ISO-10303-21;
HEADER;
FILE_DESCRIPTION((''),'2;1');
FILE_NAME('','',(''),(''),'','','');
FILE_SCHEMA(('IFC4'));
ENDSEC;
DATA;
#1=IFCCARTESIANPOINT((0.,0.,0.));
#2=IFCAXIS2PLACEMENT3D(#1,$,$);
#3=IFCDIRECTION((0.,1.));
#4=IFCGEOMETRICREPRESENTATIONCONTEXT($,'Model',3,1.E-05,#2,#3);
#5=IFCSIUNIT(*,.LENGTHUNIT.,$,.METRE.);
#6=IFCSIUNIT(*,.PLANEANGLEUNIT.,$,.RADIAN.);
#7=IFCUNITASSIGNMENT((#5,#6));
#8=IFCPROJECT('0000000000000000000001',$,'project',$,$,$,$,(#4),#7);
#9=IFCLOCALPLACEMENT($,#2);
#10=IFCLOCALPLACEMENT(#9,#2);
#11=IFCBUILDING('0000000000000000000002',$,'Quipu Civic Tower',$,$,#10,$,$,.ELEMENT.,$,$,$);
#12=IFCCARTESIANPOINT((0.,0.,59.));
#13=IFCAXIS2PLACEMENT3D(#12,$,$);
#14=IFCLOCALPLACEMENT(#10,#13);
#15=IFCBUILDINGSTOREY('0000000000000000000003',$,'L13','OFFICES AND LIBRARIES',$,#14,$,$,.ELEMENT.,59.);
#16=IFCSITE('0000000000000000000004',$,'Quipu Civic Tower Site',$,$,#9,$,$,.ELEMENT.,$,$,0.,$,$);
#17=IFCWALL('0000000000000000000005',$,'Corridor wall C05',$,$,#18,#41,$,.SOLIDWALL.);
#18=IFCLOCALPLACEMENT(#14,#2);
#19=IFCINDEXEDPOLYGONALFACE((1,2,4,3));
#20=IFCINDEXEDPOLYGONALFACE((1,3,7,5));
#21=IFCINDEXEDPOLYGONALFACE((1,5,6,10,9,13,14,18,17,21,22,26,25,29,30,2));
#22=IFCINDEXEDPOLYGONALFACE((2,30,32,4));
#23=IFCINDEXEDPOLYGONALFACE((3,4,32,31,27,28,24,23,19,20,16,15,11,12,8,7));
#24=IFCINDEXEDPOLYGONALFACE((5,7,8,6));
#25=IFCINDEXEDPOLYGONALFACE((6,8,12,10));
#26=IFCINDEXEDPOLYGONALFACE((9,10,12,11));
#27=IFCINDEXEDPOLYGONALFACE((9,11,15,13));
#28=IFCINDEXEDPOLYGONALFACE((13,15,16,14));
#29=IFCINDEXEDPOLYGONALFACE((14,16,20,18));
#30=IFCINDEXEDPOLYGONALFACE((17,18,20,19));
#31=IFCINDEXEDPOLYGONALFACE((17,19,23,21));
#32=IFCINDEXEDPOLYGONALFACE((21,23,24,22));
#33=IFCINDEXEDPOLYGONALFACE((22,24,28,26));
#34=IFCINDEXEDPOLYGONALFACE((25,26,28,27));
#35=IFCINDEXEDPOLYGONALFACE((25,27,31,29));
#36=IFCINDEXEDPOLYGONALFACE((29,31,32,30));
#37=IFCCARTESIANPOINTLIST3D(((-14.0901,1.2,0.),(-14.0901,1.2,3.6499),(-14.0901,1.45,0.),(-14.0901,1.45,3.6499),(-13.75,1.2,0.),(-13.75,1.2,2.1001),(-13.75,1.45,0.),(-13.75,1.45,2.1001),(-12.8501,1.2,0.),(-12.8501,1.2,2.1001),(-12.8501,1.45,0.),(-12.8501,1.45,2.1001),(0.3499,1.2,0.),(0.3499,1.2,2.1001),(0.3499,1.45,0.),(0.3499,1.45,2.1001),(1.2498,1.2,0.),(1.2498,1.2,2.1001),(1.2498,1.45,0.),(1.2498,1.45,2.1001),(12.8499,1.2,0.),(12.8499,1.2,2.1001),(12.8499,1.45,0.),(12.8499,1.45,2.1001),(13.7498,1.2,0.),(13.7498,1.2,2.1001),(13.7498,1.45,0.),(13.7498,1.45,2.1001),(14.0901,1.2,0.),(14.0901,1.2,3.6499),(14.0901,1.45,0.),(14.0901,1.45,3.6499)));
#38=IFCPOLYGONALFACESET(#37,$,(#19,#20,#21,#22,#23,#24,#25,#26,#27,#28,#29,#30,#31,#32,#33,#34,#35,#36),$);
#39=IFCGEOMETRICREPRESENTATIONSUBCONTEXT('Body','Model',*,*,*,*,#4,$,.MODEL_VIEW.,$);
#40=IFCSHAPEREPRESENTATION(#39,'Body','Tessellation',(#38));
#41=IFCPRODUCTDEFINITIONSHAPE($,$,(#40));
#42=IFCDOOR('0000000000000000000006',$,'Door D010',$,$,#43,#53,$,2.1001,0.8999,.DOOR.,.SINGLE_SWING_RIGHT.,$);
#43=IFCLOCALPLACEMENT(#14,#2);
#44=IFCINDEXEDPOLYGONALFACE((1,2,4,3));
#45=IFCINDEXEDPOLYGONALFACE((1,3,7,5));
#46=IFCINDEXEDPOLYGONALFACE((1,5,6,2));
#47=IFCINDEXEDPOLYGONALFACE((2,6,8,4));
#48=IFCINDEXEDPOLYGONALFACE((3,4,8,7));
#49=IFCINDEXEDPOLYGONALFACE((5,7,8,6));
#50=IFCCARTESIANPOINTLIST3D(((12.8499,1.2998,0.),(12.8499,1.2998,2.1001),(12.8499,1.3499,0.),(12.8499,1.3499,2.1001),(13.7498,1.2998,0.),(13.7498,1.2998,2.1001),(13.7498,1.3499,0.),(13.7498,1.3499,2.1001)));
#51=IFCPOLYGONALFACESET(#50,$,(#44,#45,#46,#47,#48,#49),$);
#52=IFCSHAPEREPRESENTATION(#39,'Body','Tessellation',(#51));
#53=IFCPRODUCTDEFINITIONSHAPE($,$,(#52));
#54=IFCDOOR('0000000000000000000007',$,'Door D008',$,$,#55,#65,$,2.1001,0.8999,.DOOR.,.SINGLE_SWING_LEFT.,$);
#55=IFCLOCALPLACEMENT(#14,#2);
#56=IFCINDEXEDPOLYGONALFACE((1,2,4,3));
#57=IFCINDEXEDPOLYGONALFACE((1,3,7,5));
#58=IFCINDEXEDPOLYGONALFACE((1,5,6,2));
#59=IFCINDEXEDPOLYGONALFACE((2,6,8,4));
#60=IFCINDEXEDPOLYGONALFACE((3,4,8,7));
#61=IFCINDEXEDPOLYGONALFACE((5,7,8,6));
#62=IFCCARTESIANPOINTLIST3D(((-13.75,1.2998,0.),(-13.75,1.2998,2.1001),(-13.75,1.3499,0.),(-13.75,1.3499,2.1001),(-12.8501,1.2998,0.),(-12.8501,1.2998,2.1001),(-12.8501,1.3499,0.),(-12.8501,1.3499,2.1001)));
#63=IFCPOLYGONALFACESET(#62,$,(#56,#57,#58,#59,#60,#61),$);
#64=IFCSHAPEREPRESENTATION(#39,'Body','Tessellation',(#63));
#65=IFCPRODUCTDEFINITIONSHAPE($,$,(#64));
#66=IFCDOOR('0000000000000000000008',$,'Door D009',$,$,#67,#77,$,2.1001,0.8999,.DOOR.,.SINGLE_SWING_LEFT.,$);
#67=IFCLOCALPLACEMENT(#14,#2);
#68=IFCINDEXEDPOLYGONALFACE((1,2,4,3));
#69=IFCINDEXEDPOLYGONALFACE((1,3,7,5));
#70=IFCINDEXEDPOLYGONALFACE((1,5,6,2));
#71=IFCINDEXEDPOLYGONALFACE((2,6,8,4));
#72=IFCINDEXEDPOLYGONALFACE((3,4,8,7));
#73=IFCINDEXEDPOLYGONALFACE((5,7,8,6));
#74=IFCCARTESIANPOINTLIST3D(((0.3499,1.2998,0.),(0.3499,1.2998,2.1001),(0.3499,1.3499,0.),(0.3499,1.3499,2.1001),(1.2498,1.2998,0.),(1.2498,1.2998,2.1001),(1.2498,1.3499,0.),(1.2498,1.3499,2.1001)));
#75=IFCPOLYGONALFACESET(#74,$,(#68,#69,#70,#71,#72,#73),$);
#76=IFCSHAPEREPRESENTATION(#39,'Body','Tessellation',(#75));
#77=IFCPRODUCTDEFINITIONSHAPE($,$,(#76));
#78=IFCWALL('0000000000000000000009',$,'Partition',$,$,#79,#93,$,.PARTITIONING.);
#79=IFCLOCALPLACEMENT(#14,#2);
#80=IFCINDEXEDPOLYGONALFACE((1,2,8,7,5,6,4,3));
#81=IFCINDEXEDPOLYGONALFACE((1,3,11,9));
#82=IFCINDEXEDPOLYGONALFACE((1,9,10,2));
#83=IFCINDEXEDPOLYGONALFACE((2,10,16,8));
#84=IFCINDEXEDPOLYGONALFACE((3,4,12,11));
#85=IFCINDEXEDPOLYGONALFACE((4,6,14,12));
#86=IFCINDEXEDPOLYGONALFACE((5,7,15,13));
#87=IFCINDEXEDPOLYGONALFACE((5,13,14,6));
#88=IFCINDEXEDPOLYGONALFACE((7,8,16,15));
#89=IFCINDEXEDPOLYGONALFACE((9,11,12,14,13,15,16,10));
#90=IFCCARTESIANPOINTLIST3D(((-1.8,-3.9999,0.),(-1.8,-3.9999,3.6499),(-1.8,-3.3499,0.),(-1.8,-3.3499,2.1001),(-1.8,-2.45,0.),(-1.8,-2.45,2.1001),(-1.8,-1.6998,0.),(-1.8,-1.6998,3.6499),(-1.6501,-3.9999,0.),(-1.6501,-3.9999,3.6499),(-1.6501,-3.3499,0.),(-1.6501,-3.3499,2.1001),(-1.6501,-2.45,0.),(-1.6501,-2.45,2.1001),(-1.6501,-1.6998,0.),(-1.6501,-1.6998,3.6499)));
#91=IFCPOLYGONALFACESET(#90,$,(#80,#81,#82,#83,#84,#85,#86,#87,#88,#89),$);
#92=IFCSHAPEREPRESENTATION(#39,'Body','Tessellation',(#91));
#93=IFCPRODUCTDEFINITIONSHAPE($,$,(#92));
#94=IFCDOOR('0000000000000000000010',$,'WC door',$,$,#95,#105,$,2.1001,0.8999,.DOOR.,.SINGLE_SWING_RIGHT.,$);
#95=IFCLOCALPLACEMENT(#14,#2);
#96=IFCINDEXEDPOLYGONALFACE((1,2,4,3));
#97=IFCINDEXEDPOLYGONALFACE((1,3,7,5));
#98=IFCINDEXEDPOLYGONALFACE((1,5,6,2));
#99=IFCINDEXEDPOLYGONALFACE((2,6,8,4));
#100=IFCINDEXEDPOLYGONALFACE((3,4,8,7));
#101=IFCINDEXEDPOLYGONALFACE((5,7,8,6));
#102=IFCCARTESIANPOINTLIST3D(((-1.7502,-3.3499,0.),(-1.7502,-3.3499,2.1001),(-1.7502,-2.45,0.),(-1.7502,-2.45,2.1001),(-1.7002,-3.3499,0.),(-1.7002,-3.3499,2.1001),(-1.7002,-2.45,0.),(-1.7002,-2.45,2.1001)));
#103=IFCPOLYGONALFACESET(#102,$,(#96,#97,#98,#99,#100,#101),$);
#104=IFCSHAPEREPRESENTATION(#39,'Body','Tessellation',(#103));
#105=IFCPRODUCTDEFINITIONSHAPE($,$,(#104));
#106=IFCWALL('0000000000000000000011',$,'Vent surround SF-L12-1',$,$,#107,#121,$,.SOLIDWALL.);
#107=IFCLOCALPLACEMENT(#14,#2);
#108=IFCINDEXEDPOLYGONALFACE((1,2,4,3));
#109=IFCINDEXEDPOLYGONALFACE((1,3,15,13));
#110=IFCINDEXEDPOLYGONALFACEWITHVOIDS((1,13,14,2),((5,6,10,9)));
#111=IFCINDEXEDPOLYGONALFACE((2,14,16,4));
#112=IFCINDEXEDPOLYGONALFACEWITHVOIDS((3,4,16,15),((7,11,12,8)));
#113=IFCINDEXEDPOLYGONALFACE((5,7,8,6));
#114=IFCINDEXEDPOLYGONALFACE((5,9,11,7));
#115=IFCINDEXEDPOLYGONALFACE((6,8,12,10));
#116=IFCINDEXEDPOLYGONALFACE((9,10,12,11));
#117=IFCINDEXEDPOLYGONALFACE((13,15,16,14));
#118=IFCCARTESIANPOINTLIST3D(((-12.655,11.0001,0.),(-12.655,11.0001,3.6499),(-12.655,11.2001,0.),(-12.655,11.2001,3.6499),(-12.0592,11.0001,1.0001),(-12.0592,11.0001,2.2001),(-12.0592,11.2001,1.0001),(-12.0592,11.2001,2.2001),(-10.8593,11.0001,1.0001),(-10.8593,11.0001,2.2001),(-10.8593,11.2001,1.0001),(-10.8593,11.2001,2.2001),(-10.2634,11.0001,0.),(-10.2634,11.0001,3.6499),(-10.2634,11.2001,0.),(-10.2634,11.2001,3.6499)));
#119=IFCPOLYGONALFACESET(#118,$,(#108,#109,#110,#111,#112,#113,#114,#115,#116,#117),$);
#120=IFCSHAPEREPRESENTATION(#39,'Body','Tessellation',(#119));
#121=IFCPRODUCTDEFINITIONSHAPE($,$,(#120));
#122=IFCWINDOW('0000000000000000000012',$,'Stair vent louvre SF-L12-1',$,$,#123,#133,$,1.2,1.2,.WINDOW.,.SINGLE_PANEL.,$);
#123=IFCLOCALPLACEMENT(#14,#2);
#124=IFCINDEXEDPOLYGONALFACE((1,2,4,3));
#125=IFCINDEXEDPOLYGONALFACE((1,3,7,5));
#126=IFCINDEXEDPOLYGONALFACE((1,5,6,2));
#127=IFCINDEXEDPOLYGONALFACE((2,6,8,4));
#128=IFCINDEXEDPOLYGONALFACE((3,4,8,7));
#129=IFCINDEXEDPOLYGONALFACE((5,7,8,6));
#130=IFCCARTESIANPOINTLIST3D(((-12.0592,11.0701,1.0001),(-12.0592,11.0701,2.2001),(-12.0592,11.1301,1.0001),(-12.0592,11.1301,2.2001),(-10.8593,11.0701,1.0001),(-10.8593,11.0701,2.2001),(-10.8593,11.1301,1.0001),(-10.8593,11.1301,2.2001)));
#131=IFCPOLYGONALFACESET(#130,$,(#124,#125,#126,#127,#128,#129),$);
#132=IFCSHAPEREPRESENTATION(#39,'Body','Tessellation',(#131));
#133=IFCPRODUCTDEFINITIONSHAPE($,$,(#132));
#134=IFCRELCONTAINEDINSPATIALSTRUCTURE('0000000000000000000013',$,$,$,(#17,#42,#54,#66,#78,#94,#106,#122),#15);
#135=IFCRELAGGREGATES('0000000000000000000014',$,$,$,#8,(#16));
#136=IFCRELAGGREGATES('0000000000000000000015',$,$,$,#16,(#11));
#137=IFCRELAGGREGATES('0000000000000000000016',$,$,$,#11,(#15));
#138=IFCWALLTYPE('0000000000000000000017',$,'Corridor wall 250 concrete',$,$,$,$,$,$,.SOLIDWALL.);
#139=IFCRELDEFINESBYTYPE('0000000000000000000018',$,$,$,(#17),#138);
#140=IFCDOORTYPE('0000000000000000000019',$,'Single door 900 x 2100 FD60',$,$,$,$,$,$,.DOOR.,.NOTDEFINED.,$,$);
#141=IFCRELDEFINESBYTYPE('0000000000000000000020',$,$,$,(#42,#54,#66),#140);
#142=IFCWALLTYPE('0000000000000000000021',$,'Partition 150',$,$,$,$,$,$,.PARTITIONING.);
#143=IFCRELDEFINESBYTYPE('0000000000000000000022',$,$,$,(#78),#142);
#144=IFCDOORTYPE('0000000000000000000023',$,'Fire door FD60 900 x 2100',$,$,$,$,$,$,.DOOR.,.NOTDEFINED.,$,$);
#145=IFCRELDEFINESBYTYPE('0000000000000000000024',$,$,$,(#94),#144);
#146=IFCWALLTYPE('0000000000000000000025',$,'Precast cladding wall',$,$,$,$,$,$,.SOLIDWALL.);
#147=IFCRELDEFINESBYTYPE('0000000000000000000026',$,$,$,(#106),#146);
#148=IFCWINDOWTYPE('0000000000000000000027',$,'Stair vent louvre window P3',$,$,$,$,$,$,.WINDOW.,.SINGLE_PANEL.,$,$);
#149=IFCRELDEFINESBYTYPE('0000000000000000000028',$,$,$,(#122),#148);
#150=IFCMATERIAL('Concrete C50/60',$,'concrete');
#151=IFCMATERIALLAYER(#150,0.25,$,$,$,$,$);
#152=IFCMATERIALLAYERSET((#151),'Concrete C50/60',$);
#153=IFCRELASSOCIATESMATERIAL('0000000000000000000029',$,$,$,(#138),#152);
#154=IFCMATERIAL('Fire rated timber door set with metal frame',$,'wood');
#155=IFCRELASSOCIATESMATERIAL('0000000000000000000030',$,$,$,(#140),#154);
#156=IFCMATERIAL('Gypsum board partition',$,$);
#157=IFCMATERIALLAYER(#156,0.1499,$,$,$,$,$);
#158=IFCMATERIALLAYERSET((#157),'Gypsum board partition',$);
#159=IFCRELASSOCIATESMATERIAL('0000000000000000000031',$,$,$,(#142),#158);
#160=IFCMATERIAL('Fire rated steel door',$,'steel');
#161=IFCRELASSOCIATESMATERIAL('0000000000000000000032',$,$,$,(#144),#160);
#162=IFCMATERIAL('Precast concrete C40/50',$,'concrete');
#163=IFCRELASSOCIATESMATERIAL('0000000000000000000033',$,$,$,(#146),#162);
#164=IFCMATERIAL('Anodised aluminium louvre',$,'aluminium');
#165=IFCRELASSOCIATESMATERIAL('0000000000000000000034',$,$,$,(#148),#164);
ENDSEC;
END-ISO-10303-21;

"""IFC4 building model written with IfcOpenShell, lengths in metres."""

from ifc_helpers import new_model, si_unit, direction, frame, frame_2d, origin, place, context, subcontext, project, spatial, rectangle, extrude, material, layer, layer_set, type_object, element, fill, save


model = new_model("IFC4")

# Units and contexts
model_context = context("Model", 3, precision=1e-05, world=origin(), true_north=direction((0.0, 1.0)))
body_context = subcontext(model_context, "Body", "Model", "MODEL_VIEW")
ifc_project = project(units=[si_unit("LENGTHUNIT", "METRE"), si_unit("PLANEANGLEUNIT", "RADIAN")], contexts=[model_context])

# Site, building, storey
site_placement = place(None, origin())
site = spatial("IfcSite", under=ifc_project, at=site_placement, Name="Quipu Civic Tower Site", CompositionType="ELEMENT", RefElevation=0.0)
building_placement = place(site_placement, origin())
building = spatial("IfcBuilding", under=site, at=building_placement, Name="Quipu Civic Tower", CompositionType="ELEMENT")
storey_placement = place(building_placement, frame((0.0, 0.0, 59.0)))
storey = spatial("IfcBuildingStorey", under=building, at=storey_placement, Name="L13", Description="OFFICES AND LIBRARIES", CompositionType="ELEMENT", Elevation=59.0)

# Wall, openings, doors
ifc_material_1 = material(Name="Concrete C50/60", Category="concrete")
ifc_layer_1 = layer(ifc_material_1, 0.25)
ifc_layer_set_1 = layer_set([ifc_layer_1], Name="Concrete C50/60")
wall_type_1 = type_object("IfcWallType", Name="Corridor wall 250 concrete", PredefinedType="SOLIDWALL", material=ifc_layer_set_1)
wall_1_placement = place(storey_placement, frame((-14.0901, 1.325, 0.0), z_axis=(0.0, 0.0, 1.0), x_axis=(1.0, 0.0, 0.0)))
wall_1 = element("IfcWall", 1, at=wall_1_placement, inside=storey, type_object=wall_type_1, Name="Corridor wall C05", PredefinedType="SOLIDWALL", context=body_context, shape_type="SweptSolid", body=[
    extrude(rectangle(XDim=28.1802, YDim=0.25, at=frame_2d((14.0901, 0.0))), origin(), (0.0, 0.0, 1.0), 3.6499),
])
opening_1_placement = place(wall_1_placement, frame((26.9399, 0.0, 0.0)))
opening_1 = element("IfcOpeningElement", 2, at=opening_1_placement, cuts=wall_1, PredefinedType="OPENING", context=body_context, shape_type="SweptSolid", body=[
    extrude(rectangle(XDim=0.8999, YDim=2.1001, at=frame_2d((0.45, 1.05))), frame((0.0, 0.135, 0.0), z_axis=(0.0, -1.0, 0.0), x_axis=(1.0, 0.0, 0.0)), (0.0, 0.0, 1.0), 0.27),
])
opening_2_placement = place(wall_1_placement, frame((0.3401, 0.0, 0.0)))
opening_2 = element("IfcOpeningElement", 3, at=opening_2_placement, cuts=wall_1, PredefinedType="OPENING", context=body_context, shape_type="SweptSolid", body=[
    extrude(rectangle(XDim=0.8999, YDim=2.1001, at=frame_2d((0.45, 1.05))), frame((0.0, 0.135, 0.0), z_axis=(0.0, -1.0, 0.0), x_axis=(1.0, 0.0, 0.0)), (0.0, 0.0, 1.0), 0.27),
])
opening_3_placement = place(wall_1_placement, frame((14.4399, 0.0, 0.0)))
opening_3 = element("IfcOpeningElement", 4, at=opening_3_placement, cuts=wall_1, PredefinedType="OPENING", context=body_context, shape_type="SweptSolid", body=[
    extrude(rectangle(XDim=0.8999, YDim=2.1001, at=frame_2d((0.45, 1.05))), frame((0.0, 0.135, 0.0), z_axis=(0.0, -1.0, 0.0), x_axis=(1.0, 0.0, 0.0)), (0.0, 0.0, 1.0), 0.27),
])
ifc_material_2 = material(Name="Fire rated timber door set with metal frame", Category="wood")
door_type_1 = type_object("IfcDoorType", Name="Single door 900 x 2100 FD60", OperationType="NOTDEFINED", PredefinedType="DOOR", material=ifc_material_2)
door_1_placement = place(opening_1_placement, origin())
door_1 = element("IfcDoor", 5, at=door_1_placement, inside=storey, type_object=door_type_1, Name="Door D010", OperationType="SINGLE_SWING_RIGHT", OverallHeight=2.1001, OverallWidth=0.8999, PredefinedType="DOOR", context=body_context, shape_type="SweptSolid", body=[
    extrude(rectangle(XDim=0.8999, YDim=2.1001, at=frame_2d((0.45, 1.05))), frame((0.0, 0.0249, 0.0), z_axis=(0.0, -1.0, 0.0), x_axis=(1.0, 0.0, 0.0)), (0.0, 0.0, 1.0), 0.05),
])
fill(opening_1, door_1)
door_2_placement = place(opening_2_placement, origin())
door_2 = element("IfcDoor", 6, at=door_2_placement, inside=storey, type_object=door_type_1, Name="Door D008", OperationType="SINGLE_SWING_LEFT", OverallHeight=2.1001, OverallWidth=0.8999, PredefinedType="DOOR", context=body_context, shape_type="SweptSolid", body=[
    extrude(rectangle(XDim=0.8999, YDim=2.1001, at=frame_2d((0.45, 1.05))), frame((0.0, 0.0249, 0.0), z_axis=(0.0, -1.0, 0.0), x_axis=(1.0, 0.0, 0.0)), (0.0, 0.0, 1.0), 0.05),
])
fill(opening_2, door_2)
door_3_placement = place(opening_3_placement, origin())
door_3 = element("IfcDoor", 7, at=door_3_placement, inside=storey, type_object=door_type_1, Name="Door D009", OperationType="SINGLE_SWING_LEFT", OverallHeight=2.1001, OverallWidth=0.8999, PredefinedType="DOOR", context=body_context, shape_type="SweptSolid", body=[
    extrude(rectangle(XDim=0.8999, YDim=2.1001, at=frame_2d((0.45, 1.05))), frame((0.0, 0.0249, 0.0), z_axis=(0.0, -1.0, 0.0), x_axis=(1.0, 0.0, 0.0)), (0.0, 0.0, 1.0), 0.05),
])
fill(opening_3, door_3)

# Wall, opening, door
ifc_material_3 = material(Name="Gypsum board partition")
ifc_layer_2 = layer(ifc_material_3, 0.1499)
ifc_layer_set_2 = layer_set([ifc_layer_2], Name="Gypsum board partition")
wall_type_2 = type_object("IfcWallType", Name="Partition 150", PredefinedType="PARTITIONING", material=ifc_layer_set_2)
wall_2_placement = place(storey_placement, frame((-1.7251, -1.7, 0.0), z_axis=(0.0, 0.0, 1.0), x_axis=(0.0, -1.0, 0.0)))
wall_2 = element("IfcWall", 8, at=wall_2_placement, inside=storey, type_object=wall_type_2, Name="Partition", PredefinedType="PARTITIONING", context=body_context, shape_type="SweptSolid", body=[
    extrude(rectangle(XDim=2.3, YDim=0.1499, at=frame_2d((1.1499, 0.0))), origin(), (0.0, 0.0, 1.0), 3.6499),
])
opening_4_placement = place(wall_2_placement, frame((0.75, 0.0, 0.0)))
opening_4 = element("IfcOpeningElement", 9, at=opening_4_placement, cuts=wall_2, PredefinedType="OPENING", context=body_context, shape_type="SweptSolid", body=[
    extrude(rectangle(XDim=0.8999, YDim=2.1001, at=frame_2d((0.45, 1.05))), frame((0.0, 0.085, 0.0), z_axis=(0.0, -1.0, 0.0), x_axis=(1.0, 0.0, 0.0)), (0.0, 0.0, 1.0), 0.1699),
])
ifc_material_4 = material(Name="Fire rated steel door", Category="steel")
door_type_2 = type_object("IfcDoorType", Name="Fire door FD60 900 x 2100", OperationType="NOTDEFINED", PredefinedType="DOOR", material=ifc_material_4)
door_4_placement = place(opening_4_placement, origin())
door_4 = element("IfcDoor", 10, at=door_4_placement, inside=storey, type_object=door_type_2, Name="WC door", OperationType="SINGLE_SWING_RIGHT", OverallHeight=2.1001, OverallWidth=0.8999, PredefinedType="DOOR", context=body_context, shape_type="SweptSolid", body=[
    extrude(rectangle(XDim=0.8999, YDim=2.1001, at=frame_2d((0.45, 1.05))), frame((0.0, 0.0249, 0.0), z_axis=(0.0, -1.0, 0.0), x_axis=(1.0, 0.0, 0.0)), (0.0, 0.0, 1.0), 0.05),
])
fill(opening_4, door_4)

# Wall, opening, window
ifc_material_5 = material(Name="Precast concrete C40/50", Category="concrete")
wall_type_3 = type_object("IfcWallType", Name="Precast cladding wall", PredefinedType="SOLIDWALL", material=ifc_material_5)
wall_3_placement = place(storey_placement, frame((-10.2634, 11.1001, 0.0), z_axis=(0.0, 0.0, 1.0), x_axis=(-1.0, 0.0, 0.0)))
wall_3 = element("IfcWall", 11, at=wall_3_placement, inside=storey, type_object=wall_type_3, Name="Vent surround SF-L12-1", PredefinedType="SOLIDWALL", context=body_context, shape_type="SweptSolid", body=[
    extrude(rectangle(XDim=2.3916, YDim=0.2, at=frame_2d((1.1958, 0.0))), origin(), (0.0, 0.0, 1.0), 3.6499),
])
opening_5_placement = place(wall_3_placement, frame((0.5957, 0.0, 1.0)))
opening_5 = element("IfcOpeningElement", 12, at=opening_5_placement, cuts=wall_3, PredefinedType="OPENING", context=body_context, shape_type="SweptSolid", body=[
    extrude(rectangle(XDim=1.2, YDim=1.2, at=frame_2d((0.6001, 0.6001))), frame((0.0, 0.1099, 0.0), z_axis=(0.0, -1.0, 0.0), x_axis=(1.0, 0.0, 0.0)), (0.0, 0.0, 1.0), 0.22),
])
ifc_material_6 = material(Name="Anodised aluminium louvre", Category="aluminium")
window_type = type_object("IfcWindowType", Name="Stair vent louvre window P3", PartitioningType="SINGLE_PANEL", PredefinedType="WINDOW", material=ifc_material_6)
window_placement = place(opening_5_placement, origin())
window = element("IfcWindow", 13, at=window_placement, inside=storey, type_object=window_type, Name="Stair vent louvre SF-L12-1", OverallHeight=1.2, OverallWidth=1.2, PartitioningType="SINGLE_PANEL", PredefinedType="WINDOW", context=body_context, shape_type="SweptSolid", body=[
    extrude(rectangle(XDim=1.2, YDim=1.2, at=frame_2d((0.6001, 0.6001))), frame((0.0, 0.03, 0.0), z_axis=(0.0, -1.0, 0.0), x_axis=(1.0, 0.0, 0.0)), (0.0, 0.0, 1.0), 0.0601),
])
fill(opening_5, window)

save(model, "model.ifc")
